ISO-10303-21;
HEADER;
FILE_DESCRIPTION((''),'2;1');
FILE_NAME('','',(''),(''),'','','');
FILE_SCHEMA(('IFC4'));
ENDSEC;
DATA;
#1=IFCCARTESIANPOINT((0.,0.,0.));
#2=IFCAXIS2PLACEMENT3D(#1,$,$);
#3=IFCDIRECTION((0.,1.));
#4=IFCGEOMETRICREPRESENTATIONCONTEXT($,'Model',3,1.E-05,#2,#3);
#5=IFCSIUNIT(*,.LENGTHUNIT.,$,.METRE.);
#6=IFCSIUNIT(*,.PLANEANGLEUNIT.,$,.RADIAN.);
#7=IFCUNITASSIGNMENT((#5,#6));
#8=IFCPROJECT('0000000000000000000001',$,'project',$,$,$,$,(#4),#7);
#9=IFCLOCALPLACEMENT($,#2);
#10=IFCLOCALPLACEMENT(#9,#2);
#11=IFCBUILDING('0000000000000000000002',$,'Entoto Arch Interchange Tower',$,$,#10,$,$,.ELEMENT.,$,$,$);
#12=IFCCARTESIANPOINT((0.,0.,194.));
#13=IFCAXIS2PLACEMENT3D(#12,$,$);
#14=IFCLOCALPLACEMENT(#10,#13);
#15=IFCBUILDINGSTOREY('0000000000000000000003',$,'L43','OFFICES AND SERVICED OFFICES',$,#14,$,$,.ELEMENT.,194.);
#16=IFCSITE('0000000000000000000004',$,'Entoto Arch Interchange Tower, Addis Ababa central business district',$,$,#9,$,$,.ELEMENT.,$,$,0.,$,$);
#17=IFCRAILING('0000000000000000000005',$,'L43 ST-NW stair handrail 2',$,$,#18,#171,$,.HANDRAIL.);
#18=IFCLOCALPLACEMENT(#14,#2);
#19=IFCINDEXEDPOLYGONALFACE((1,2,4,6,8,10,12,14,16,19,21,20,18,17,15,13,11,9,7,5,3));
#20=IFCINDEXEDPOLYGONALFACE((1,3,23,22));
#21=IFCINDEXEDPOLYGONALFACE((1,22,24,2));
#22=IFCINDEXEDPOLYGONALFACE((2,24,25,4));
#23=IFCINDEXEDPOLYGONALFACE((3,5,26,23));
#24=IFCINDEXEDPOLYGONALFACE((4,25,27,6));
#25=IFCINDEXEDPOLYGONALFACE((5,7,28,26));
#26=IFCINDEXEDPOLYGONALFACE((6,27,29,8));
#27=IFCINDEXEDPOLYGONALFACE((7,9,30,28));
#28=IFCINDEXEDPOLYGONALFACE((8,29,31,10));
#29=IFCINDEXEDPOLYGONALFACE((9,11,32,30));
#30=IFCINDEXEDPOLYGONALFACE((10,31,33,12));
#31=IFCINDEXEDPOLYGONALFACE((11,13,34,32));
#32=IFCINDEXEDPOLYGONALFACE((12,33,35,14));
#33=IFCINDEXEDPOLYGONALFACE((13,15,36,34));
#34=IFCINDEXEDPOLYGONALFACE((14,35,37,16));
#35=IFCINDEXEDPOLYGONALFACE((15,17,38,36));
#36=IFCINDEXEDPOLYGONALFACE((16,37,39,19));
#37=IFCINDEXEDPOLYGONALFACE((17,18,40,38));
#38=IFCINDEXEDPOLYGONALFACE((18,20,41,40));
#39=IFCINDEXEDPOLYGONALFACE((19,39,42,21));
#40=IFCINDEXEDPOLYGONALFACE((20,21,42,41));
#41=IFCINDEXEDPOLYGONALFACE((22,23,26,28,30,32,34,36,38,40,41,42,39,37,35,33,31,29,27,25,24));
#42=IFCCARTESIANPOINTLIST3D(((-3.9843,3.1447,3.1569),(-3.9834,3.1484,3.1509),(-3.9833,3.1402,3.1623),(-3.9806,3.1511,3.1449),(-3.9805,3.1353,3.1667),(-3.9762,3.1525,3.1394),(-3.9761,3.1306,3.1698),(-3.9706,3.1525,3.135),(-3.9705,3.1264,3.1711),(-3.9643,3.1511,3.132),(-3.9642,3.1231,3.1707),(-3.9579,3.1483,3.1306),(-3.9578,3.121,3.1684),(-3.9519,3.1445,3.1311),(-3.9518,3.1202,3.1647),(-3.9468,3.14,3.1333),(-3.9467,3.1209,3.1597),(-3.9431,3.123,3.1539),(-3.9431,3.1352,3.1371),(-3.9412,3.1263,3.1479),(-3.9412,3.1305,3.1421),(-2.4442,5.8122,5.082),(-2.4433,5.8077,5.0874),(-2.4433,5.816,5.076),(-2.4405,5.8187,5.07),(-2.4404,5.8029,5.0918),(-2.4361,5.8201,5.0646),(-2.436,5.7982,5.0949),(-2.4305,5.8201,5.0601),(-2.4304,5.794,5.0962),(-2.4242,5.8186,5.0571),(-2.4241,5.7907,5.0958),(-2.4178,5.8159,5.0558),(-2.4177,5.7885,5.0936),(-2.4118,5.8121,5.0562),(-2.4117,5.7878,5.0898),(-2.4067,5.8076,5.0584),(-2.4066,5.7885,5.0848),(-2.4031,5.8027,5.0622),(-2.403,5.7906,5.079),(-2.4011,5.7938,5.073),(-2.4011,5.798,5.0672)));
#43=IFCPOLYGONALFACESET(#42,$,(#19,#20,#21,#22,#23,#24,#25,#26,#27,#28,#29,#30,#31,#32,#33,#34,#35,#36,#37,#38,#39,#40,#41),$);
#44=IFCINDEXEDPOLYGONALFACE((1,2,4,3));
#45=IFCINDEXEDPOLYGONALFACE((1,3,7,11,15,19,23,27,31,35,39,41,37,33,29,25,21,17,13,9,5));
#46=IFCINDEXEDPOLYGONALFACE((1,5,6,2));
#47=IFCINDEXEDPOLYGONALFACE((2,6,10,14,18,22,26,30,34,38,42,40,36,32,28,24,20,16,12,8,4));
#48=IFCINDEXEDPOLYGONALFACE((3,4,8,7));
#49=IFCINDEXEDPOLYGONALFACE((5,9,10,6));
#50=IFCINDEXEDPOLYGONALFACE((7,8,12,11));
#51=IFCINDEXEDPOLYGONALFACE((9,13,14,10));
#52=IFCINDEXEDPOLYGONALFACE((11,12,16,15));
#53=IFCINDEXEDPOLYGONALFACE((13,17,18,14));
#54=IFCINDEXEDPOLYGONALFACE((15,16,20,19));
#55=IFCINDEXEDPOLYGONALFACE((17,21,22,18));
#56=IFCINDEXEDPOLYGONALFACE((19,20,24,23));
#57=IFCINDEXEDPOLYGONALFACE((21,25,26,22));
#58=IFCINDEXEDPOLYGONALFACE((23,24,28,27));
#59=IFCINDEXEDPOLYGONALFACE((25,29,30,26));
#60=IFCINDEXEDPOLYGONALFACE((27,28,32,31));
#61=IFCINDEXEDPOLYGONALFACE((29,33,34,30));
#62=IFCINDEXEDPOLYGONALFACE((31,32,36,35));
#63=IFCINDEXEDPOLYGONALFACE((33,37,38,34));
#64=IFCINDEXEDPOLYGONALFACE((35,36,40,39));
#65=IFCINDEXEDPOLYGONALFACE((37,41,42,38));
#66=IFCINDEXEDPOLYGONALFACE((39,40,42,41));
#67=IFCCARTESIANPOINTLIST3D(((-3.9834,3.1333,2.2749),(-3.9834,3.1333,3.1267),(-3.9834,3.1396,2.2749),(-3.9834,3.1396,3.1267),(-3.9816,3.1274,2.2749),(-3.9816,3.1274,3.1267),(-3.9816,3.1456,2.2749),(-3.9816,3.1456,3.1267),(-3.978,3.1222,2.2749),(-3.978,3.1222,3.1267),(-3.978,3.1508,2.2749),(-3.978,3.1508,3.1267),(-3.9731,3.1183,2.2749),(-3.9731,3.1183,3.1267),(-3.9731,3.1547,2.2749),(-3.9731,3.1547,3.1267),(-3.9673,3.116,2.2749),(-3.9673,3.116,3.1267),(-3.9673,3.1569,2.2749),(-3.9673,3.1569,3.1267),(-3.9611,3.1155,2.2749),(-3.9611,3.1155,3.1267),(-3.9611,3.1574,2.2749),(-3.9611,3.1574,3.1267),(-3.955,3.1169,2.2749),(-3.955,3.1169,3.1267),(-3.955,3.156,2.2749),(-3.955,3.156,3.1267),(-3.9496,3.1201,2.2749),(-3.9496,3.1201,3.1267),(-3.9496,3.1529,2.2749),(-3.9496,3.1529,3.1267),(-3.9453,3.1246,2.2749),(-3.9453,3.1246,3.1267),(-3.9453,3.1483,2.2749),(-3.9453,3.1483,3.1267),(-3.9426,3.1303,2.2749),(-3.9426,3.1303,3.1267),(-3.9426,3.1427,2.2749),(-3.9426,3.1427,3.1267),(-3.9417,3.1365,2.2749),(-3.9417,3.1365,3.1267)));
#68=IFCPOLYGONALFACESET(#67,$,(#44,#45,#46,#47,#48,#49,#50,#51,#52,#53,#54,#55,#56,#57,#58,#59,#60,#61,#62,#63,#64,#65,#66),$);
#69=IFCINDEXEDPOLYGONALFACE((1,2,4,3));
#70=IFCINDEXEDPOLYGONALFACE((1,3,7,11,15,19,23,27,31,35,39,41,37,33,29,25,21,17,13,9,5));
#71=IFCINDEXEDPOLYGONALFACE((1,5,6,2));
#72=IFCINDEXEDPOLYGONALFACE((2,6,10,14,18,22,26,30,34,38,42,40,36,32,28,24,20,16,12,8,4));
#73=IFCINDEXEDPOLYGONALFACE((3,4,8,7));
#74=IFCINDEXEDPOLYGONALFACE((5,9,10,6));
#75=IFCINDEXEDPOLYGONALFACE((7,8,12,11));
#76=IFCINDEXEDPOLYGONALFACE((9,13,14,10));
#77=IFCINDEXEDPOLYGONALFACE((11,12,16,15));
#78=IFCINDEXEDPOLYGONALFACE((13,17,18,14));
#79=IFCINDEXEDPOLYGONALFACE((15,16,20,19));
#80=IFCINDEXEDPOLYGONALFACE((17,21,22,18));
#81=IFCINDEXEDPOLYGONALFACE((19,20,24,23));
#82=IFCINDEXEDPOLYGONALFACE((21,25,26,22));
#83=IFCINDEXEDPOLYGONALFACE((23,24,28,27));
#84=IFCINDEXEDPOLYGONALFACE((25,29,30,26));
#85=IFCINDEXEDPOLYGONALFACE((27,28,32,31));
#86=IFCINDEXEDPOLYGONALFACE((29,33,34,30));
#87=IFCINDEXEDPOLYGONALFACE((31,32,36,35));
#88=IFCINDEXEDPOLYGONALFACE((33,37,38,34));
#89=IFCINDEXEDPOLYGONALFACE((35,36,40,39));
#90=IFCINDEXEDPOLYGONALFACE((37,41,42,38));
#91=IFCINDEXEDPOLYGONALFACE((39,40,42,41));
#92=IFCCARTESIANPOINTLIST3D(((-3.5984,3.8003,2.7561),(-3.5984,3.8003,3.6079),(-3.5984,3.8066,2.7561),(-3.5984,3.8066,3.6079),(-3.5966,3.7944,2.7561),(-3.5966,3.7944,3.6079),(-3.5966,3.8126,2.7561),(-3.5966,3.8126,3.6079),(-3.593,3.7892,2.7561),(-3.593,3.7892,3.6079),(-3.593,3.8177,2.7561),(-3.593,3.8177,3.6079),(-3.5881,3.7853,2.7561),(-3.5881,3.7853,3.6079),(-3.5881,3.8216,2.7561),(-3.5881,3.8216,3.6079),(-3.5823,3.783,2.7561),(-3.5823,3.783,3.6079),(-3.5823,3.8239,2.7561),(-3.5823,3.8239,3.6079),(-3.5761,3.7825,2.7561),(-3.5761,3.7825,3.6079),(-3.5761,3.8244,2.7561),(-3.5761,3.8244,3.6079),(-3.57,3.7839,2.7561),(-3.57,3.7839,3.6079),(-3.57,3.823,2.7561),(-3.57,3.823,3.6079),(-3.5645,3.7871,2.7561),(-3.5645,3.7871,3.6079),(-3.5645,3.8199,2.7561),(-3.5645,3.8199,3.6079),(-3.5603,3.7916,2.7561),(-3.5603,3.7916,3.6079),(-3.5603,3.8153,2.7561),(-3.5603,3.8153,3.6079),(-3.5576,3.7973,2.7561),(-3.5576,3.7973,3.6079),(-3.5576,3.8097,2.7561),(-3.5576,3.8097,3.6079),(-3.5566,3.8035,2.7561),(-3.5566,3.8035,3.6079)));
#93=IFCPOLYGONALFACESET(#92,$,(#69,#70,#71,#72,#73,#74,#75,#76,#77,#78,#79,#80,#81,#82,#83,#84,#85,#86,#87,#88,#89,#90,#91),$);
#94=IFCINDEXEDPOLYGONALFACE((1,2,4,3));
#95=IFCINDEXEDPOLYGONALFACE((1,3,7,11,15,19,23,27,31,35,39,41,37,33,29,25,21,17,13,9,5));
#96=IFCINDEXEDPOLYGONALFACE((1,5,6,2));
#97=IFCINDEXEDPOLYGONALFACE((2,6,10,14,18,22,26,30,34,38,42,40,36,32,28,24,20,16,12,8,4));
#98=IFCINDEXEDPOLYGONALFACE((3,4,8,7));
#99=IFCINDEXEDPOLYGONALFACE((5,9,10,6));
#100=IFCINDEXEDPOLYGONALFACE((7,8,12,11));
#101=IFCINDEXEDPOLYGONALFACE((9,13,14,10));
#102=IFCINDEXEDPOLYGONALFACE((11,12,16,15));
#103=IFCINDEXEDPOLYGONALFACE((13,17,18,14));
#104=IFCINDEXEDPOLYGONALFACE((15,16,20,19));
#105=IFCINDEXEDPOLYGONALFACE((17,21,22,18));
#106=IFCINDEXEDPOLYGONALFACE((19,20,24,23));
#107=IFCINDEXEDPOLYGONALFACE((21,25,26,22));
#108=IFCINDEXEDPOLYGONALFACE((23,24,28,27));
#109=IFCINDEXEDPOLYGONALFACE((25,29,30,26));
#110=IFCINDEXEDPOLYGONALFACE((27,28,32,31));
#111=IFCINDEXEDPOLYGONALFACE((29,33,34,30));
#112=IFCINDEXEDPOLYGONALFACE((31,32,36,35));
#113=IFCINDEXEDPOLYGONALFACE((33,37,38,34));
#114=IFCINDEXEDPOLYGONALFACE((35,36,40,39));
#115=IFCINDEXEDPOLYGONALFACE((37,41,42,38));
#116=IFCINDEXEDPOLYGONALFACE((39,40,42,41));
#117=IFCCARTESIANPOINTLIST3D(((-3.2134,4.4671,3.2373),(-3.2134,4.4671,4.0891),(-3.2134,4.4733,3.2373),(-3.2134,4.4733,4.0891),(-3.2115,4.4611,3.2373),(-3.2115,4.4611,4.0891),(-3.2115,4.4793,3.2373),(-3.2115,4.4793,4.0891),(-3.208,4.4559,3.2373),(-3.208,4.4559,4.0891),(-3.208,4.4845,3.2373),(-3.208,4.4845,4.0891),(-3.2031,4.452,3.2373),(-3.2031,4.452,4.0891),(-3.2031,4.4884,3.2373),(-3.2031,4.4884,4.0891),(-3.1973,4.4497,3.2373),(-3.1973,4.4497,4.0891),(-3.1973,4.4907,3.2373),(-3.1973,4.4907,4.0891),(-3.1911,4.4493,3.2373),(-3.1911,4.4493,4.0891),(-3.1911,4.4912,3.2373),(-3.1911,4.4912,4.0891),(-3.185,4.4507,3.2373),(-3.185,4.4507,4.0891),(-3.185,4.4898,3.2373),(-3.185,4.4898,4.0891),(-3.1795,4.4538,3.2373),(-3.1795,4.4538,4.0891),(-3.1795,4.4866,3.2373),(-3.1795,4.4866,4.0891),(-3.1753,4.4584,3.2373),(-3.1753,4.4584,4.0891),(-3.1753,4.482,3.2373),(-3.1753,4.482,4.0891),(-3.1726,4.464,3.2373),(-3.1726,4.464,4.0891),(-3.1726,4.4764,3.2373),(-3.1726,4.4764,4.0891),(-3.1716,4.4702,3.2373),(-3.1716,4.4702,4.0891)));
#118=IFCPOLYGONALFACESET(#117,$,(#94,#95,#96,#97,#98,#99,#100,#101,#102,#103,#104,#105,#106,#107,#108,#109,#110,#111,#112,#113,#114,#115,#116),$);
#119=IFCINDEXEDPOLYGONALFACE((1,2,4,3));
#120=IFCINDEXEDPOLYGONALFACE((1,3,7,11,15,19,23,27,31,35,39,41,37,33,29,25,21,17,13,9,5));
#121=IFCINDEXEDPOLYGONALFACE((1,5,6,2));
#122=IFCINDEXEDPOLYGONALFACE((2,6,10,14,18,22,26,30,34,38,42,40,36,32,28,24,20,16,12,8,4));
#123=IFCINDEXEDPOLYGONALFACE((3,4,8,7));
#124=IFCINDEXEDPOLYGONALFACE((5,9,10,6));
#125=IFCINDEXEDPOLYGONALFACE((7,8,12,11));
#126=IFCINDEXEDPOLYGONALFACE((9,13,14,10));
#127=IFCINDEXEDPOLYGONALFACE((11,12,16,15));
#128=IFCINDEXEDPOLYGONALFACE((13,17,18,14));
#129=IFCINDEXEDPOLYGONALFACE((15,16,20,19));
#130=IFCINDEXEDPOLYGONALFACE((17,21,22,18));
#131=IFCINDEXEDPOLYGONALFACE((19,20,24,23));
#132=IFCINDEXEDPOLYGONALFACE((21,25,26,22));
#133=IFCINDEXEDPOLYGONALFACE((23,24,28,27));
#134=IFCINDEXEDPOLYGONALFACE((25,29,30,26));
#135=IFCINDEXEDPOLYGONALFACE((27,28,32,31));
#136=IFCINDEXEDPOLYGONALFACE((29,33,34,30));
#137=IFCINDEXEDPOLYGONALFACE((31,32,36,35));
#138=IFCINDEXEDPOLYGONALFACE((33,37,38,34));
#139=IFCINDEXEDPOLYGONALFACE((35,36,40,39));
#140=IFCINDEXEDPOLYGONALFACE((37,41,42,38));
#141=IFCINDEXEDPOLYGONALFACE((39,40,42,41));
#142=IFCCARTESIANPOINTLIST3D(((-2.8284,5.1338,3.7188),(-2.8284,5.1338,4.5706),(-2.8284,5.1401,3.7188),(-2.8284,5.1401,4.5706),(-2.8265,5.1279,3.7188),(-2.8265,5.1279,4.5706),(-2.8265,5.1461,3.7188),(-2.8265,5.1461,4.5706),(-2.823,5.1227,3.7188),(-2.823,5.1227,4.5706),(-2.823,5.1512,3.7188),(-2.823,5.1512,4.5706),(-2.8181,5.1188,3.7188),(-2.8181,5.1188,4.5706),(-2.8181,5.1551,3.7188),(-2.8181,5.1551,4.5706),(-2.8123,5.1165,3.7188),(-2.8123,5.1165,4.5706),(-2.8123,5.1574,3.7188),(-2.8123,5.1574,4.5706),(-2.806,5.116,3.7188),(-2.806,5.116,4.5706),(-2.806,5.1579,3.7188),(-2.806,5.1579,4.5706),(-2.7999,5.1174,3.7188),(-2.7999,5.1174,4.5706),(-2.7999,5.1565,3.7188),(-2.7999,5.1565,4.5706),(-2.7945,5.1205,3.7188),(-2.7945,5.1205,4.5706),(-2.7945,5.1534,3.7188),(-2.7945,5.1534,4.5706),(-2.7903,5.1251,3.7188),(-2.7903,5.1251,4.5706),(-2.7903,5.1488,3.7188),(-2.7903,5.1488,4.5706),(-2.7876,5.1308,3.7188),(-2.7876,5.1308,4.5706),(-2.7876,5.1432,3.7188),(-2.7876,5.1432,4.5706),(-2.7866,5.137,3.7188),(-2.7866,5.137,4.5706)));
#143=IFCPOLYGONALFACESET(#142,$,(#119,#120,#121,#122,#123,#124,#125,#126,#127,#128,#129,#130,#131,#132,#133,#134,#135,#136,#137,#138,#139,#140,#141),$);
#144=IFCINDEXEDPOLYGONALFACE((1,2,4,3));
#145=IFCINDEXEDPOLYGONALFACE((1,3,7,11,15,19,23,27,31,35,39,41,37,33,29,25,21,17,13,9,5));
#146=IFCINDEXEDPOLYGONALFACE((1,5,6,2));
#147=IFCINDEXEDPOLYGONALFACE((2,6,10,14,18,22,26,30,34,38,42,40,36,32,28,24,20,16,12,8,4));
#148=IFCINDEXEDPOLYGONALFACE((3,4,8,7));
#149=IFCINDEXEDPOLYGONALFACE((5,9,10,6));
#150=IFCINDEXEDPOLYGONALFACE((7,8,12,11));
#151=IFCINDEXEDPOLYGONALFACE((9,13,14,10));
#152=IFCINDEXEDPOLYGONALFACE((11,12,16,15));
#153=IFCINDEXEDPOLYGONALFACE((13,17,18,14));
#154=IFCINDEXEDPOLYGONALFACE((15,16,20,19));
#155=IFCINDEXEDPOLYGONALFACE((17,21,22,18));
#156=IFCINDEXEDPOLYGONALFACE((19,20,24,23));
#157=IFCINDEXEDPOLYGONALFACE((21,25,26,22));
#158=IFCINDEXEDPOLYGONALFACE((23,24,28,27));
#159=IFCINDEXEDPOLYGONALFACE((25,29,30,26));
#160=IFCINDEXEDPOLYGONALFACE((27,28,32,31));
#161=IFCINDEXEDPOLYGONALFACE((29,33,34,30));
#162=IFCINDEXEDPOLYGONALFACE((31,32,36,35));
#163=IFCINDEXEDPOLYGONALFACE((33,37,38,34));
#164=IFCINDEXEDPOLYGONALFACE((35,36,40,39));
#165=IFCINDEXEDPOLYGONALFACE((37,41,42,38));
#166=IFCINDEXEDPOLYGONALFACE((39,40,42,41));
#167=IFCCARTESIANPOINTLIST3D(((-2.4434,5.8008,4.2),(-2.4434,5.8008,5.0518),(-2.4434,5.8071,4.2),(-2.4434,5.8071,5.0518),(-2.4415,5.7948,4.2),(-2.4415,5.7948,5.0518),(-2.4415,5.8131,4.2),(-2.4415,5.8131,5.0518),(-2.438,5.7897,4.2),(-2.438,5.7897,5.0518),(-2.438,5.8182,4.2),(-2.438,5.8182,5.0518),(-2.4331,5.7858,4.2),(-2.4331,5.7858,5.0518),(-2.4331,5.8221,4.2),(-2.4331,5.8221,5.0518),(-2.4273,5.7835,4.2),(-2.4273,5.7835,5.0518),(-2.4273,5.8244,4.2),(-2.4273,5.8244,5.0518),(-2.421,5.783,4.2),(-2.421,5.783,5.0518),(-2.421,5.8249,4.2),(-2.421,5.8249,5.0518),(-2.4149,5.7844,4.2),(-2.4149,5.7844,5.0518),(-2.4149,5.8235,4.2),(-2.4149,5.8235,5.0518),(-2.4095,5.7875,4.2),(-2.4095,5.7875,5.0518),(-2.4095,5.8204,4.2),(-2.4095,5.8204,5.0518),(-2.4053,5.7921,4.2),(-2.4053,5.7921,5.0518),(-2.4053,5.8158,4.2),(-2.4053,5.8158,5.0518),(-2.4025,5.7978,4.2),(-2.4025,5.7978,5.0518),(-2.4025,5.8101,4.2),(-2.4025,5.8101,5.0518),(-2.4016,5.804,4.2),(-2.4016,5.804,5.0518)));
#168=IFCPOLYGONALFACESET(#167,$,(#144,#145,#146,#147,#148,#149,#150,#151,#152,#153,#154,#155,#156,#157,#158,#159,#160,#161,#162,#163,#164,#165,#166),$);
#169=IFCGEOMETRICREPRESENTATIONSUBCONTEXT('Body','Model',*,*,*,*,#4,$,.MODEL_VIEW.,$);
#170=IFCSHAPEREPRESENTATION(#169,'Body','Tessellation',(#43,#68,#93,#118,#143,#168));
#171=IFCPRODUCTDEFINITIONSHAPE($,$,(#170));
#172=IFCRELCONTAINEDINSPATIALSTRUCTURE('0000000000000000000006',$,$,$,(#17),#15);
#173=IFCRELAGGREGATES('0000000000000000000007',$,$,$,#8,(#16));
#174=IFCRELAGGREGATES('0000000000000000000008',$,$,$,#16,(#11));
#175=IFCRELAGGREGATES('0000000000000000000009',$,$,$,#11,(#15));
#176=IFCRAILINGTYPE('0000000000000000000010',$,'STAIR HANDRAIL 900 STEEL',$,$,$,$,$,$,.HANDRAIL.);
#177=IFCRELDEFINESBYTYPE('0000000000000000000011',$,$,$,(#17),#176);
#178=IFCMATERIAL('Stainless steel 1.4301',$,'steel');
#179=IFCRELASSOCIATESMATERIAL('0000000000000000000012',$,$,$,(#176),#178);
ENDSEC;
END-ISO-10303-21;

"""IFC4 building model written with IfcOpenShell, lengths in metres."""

from ifc_helpers import new_model, si_unit, direction, frame, origin, origin_2d, place, context, subcontext, project, spatial, circle, extrude, material, type_object, element, save


model = new_model("IFC4")

# Units and contexts
model_context = context("Model", 3, precision=1e-05, world=origin(), true_north=direction((0.0, 1.0)))
body_context = subcontext(model_context, "Body", "Model", "MODEL_VIEW")
ifc_project = project(units=[si_unit("LENGTHUNIT", "METRE"), si_unit("PLANEANGLEUNIT", "RADIAN")], contexts=[model_context])

# Site, building, storey
site_placement = place(None, origin())
site = spatial("IfcSite", under=ifc_project, at=site_placement, Name="Entoto Arch Interchange Tower, Addis Ababa central business district", CompositionType="ELEMENT", RefElevation=0.0)
building_placement = place(site_placement, origin())
building = spatial("IfcBuilding", under=site, at=building_placement, Name="Entoto Arch Interchange Tower", CompositionType="ELEMENT")
storey_placement = place(building_placement, frame((0.0, 0.0, 194.0)))
storey = spatial("IfcBuildingStorey", under=building, at=storey_placement, Name="L43", Description="OFFICES AND SERVICED OFFICES", CompositionType="ELEMENT", Elevation=194.0)

# Railing
ifc_material_1 = material(Name="Stainless steel 1.4301", Category="steel")
railing_type_1 = type_object("IfcRailingType", Name="STAIR HANDRAIL 900 STEEL", PredefinedType="HANDRAIL", material=ifc_material_1)
railing_1_placement = place(storey_placement, frame((-3.9626, 3.1365, 2.2749)))
element("IfcRailing", 1, at=railing_1_placement, inside=storey, type_object=railing_type_1, Name="L43 ST-NW stair handrail 2", PredefinedType="HANDRAIL", context=body_context, shape_type="SweptSolid", body=[
    extrude(circle(Radius=0.0239, at=origin_2d()), frame((0.0, 0.0, 0.876), z_axis=(0.423994, 0.734395, 0.529993), x_axis=(-0.86603, 0.499992, 0.0)), (0.0, 0.0, 1.0), 3.6323),
    extrude(circle(Radius=0.021, at=origin_2d()), origin(), (0.0, 0.0, 1.0), 0.8518),
    extrude(circle(Radius=0.021, at=origin_2d()), frame((0.385, 0.667, 0.4812)), (0.0, 0.0, 1.0), 0.8518),
    extrude(circle(Radius=0.021, at=origin_2d()), frame((0.77, 1.3337, 0.9624)), (0.0, 0.0, 1.0), 0.8518),
    extrude(circle(Radius=0.021, at=origin_2d()), frame((1.155, 2.0005, 1.4438)), (0.0, 0.0, 1.0), 0.8518),
    extrude(circle(Radius=0.021, at=origin_2d()), frame((1.54, 2.6675, 1.925)), (0.0, 0.0, 1.0), 0.8518),
])

save(model, "model.ifc")
